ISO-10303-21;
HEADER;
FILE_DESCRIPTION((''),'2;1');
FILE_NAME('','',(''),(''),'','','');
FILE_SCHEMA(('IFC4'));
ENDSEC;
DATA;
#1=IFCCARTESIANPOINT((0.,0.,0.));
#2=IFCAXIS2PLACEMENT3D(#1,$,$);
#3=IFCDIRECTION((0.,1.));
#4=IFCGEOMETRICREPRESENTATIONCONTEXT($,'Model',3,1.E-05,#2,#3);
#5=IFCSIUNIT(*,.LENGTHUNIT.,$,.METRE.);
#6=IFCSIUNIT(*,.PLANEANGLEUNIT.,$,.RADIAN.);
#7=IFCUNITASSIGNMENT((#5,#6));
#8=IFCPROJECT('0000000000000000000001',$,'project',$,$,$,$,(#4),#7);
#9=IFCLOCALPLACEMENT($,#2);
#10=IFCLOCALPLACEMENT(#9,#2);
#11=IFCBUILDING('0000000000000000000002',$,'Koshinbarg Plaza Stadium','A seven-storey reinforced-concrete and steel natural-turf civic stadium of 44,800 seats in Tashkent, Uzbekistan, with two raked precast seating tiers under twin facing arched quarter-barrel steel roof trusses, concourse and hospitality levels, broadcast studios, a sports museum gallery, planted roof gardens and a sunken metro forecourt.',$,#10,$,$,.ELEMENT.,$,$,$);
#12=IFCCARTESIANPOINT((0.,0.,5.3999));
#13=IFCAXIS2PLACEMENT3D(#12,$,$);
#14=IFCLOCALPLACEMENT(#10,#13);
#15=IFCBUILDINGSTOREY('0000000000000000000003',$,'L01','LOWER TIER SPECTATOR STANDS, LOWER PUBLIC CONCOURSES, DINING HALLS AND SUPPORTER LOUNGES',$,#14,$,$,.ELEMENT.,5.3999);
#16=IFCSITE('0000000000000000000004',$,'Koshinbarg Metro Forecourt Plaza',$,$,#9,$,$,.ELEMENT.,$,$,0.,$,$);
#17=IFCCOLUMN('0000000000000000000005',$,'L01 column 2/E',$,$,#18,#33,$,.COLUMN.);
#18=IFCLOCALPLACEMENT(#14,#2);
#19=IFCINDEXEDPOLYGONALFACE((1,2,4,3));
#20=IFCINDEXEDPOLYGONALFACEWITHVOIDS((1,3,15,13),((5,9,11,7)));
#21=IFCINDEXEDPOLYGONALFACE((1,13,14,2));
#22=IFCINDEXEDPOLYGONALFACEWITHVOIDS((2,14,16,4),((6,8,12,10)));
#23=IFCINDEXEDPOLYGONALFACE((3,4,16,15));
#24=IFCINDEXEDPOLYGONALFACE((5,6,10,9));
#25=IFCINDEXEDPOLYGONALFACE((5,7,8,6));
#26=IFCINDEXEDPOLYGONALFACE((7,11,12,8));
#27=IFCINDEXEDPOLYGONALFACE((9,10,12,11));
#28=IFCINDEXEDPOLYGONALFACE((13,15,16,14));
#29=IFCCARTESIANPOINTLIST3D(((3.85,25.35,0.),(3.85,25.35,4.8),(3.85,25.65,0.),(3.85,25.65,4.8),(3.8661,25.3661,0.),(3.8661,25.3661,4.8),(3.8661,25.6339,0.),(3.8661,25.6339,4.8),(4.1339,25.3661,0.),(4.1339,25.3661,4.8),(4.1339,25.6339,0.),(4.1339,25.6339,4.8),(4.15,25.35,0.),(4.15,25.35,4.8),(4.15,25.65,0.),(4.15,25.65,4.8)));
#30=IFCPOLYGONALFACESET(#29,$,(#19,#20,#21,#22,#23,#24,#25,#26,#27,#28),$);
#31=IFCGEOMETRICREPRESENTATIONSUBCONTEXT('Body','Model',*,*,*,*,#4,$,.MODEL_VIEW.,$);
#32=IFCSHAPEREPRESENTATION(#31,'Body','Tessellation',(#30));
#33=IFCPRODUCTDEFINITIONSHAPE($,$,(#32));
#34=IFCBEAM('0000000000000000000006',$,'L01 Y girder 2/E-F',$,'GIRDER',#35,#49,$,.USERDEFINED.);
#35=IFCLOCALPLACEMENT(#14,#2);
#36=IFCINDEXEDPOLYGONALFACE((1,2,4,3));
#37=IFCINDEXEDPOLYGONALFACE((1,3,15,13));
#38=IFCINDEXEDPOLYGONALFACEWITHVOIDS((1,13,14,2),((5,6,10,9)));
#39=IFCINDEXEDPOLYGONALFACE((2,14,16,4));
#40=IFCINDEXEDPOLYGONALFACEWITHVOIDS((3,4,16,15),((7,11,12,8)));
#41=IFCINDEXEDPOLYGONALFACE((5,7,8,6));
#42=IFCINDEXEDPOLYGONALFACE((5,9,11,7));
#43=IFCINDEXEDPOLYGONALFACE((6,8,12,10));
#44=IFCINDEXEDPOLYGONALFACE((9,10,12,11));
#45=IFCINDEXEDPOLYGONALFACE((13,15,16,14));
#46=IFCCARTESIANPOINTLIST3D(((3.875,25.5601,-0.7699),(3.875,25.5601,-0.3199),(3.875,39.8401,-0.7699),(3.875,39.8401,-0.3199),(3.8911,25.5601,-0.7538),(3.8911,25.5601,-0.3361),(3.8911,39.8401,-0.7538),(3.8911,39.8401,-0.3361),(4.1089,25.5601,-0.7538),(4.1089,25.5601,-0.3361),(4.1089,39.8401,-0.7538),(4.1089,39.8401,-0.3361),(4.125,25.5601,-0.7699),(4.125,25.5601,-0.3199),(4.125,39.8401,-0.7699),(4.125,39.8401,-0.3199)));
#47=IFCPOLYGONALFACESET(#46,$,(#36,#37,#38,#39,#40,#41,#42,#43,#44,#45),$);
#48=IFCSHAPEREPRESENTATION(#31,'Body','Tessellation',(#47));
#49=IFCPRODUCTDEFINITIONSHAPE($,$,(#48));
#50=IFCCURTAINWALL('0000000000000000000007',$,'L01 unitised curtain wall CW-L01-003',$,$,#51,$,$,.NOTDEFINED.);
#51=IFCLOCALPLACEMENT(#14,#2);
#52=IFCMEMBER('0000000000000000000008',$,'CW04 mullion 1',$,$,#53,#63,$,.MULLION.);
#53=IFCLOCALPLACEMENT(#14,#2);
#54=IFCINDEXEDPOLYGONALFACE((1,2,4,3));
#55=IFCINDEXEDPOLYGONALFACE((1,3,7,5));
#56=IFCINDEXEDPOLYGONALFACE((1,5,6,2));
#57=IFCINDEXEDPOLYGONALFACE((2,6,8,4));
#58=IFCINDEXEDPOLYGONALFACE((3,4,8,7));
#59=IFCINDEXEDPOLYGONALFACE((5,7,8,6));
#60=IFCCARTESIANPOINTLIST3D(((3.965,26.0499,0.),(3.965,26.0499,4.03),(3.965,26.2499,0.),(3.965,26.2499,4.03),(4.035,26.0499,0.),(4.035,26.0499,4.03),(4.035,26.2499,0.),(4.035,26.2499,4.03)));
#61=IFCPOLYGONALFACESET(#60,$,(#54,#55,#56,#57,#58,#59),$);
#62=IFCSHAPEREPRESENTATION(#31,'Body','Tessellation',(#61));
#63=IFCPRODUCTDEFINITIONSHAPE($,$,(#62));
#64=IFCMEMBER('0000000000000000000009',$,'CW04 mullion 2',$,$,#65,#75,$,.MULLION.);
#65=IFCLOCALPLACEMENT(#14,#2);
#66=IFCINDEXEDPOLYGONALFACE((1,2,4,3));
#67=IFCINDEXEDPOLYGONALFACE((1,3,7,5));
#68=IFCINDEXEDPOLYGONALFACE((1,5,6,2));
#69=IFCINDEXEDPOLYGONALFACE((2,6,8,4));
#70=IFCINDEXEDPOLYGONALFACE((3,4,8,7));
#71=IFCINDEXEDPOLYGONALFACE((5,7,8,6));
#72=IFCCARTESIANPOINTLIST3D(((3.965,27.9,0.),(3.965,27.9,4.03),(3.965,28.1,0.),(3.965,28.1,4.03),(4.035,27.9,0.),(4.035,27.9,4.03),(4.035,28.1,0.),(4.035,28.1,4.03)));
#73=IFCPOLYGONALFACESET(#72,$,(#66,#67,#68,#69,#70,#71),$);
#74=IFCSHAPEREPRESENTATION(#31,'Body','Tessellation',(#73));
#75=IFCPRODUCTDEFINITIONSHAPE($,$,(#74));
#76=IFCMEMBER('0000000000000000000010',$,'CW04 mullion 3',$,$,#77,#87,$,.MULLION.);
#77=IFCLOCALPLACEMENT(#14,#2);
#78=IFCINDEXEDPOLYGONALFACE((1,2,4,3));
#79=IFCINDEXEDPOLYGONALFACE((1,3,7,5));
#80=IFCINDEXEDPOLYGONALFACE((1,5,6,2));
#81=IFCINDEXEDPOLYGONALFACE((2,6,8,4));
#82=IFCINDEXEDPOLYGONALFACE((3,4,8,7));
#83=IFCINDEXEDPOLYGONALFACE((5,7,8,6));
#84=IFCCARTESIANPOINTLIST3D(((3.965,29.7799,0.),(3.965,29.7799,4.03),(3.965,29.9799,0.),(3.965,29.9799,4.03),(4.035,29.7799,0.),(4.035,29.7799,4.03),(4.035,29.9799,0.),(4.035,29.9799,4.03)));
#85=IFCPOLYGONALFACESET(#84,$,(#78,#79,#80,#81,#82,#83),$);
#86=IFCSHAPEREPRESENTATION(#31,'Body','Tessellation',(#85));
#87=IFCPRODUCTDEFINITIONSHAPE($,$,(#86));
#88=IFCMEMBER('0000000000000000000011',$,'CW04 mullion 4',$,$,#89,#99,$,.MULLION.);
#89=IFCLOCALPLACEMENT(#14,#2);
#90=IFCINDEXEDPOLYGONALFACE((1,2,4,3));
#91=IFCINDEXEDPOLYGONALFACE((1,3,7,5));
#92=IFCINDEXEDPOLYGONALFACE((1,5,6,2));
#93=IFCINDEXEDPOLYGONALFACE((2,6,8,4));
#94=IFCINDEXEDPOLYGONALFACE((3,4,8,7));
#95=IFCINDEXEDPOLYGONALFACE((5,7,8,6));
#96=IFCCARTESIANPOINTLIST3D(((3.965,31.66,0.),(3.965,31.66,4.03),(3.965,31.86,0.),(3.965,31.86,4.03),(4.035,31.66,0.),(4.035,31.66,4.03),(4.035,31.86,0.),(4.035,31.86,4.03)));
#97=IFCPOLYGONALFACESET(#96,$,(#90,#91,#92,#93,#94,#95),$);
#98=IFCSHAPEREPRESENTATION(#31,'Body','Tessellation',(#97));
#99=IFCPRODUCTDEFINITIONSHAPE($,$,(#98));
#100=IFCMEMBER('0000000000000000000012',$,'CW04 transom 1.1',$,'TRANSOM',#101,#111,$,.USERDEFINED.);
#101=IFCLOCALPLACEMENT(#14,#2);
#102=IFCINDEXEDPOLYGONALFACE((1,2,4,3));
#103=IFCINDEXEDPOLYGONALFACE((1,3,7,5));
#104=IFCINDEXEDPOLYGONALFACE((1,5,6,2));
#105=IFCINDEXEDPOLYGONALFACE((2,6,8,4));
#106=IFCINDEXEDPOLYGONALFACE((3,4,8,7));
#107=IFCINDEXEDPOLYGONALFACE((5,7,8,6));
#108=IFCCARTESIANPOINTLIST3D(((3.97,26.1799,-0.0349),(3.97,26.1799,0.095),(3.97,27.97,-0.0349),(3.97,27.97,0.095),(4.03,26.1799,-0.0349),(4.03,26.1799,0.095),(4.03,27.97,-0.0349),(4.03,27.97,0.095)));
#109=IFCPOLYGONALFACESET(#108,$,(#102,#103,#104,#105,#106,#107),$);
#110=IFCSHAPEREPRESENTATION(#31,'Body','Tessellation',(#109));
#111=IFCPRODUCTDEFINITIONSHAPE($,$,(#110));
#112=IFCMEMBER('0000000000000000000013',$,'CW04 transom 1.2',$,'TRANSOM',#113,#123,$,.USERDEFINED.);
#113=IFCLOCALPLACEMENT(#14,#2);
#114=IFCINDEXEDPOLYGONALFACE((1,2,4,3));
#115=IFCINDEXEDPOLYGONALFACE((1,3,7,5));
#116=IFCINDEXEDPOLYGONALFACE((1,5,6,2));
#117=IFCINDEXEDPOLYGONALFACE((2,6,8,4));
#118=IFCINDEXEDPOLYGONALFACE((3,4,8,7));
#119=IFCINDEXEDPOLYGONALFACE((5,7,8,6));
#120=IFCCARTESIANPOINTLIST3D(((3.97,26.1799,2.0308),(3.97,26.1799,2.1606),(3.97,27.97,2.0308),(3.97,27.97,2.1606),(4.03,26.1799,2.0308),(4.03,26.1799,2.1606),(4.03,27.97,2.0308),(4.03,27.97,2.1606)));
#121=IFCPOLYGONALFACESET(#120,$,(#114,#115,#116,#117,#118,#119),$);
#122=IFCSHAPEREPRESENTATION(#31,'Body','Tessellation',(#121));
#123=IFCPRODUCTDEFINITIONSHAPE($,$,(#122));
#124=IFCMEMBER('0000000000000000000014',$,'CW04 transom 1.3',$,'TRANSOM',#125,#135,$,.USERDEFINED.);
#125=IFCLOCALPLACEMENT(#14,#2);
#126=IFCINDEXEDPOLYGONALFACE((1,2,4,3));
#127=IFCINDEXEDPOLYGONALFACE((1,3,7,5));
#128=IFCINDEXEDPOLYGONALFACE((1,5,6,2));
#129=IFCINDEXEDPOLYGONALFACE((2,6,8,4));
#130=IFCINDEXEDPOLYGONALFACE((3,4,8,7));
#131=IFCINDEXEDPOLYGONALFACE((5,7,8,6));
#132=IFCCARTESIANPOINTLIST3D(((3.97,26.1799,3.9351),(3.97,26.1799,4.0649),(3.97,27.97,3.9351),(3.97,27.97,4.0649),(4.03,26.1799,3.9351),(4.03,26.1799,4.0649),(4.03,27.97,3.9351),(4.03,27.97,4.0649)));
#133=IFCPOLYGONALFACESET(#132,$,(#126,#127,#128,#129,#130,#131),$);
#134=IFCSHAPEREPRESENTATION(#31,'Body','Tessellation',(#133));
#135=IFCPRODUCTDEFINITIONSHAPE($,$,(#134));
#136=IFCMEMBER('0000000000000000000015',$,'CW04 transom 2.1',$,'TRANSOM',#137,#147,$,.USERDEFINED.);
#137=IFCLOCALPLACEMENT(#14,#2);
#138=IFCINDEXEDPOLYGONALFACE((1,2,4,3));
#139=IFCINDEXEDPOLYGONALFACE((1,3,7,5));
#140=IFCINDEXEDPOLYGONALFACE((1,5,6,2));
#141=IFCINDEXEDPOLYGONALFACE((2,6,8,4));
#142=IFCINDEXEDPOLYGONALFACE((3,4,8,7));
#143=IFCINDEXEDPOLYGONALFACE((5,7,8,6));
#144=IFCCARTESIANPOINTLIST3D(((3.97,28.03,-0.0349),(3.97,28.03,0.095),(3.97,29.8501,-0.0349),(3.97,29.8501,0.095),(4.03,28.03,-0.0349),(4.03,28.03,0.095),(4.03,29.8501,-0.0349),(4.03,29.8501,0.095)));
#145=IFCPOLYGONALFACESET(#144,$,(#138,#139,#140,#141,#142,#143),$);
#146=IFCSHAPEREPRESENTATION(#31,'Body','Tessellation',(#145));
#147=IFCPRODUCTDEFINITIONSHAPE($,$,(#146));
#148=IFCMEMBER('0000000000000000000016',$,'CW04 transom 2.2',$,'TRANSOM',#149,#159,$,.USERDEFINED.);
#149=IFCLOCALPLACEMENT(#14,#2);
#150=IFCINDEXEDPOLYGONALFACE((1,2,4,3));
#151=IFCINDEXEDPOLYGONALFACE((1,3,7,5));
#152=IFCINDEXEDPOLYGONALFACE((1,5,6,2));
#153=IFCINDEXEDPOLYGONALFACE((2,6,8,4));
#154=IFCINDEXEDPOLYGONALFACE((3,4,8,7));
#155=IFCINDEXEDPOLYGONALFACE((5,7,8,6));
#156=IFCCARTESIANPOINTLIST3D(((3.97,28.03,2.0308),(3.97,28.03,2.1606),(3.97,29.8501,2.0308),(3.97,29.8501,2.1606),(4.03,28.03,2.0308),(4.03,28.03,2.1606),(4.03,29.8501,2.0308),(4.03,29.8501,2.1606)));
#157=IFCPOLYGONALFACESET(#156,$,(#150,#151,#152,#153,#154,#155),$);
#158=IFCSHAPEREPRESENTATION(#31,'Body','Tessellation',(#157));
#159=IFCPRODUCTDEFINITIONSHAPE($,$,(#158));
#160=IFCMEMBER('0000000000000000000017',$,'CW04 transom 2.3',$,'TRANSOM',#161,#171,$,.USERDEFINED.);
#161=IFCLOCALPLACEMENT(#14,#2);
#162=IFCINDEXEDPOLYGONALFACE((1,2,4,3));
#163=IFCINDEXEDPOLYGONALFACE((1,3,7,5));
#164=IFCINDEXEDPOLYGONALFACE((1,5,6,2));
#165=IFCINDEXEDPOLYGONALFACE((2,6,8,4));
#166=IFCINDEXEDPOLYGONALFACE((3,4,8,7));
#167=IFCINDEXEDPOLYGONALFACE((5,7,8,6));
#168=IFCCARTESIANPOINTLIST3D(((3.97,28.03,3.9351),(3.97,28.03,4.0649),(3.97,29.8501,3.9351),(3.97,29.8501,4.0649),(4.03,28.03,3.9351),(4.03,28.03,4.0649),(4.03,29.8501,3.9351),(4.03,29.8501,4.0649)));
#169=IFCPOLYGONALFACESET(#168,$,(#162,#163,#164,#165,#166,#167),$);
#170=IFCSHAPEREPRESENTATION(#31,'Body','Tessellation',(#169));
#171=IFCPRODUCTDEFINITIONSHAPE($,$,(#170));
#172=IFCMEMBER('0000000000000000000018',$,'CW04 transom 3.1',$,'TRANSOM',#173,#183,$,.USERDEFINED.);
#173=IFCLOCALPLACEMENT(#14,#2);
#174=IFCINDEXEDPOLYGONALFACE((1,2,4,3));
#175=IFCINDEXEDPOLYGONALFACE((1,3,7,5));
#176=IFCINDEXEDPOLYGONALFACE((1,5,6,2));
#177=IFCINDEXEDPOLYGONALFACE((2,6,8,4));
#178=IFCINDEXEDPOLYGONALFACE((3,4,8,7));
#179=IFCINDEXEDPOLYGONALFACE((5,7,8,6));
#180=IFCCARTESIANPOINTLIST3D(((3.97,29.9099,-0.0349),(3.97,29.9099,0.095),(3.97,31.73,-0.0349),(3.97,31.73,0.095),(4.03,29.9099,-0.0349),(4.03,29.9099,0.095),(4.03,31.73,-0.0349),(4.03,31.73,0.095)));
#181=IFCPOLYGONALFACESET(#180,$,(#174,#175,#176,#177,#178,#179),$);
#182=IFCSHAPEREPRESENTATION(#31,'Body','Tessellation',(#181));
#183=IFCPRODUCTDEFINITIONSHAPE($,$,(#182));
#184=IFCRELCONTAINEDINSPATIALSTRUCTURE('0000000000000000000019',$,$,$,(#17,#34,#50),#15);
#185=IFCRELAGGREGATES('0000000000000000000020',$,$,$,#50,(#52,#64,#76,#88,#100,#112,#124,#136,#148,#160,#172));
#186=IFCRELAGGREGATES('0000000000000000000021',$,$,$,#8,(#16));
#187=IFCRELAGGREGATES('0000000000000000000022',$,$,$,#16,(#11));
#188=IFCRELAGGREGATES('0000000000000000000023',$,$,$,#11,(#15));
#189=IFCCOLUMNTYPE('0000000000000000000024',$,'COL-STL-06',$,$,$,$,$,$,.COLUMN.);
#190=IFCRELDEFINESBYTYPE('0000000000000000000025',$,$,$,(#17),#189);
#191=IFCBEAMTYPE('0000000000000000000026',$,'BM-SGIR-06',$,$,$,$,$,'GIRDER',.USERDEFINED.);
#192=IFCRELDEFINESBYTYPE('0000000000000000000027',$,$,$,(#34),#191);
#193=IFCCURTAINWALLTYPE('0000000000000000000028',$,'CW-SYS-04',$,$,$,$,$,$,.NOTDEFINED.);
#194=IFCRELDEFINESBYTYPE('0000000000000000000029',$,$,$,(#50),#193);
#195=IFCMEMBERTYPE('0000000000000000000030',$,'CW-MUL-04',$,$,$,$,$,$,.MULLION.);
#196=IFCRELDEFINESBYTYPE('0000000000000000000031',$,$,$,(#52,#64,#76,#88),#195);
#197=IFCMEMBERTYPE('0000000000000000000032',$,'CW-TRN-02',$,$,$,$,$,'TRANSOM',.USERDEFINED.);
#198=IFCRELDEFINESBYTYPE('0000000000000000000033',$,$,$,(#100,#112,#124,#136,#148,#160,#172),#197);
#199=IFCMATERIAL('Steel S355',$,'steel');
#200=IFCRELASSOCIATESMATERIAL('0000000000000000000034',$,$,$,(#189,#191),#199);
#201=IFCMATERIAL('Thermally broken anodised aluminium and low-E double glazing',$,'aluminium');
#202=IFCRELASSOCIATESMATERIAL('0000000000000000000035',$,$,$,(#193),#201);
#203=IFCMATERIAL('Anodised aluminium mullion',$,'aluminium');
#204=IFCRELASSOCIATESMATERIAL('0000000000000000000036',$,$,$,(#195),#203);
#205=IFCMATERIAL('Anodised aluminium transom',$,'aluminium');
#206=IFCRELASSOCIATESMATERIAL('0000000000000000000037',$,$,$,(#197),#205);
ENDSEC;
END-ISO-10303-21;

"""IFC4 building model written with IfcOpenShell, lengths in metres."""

from ifc_helpers import new_model, si_unit, direction, frame, origin, origin_2d, place, context, subcontext, project, spatial, rectangle, hollow_rectangle, extrude, material, material_profile, profile_set, type_object, element, aggregate, save


model = new_model("IFC4")

# Units and contexts
model_context = context("Model", 3, precision=1e-05, world=origin(), true_north=direction((0.0, 1.0)))
body_context = subcontext(model_context, "Body", "Model", "MODEL_VIEW")
ifc_project = project(units=[si_unit("LENGTHUNIT", "METRE"), si_unit("PLANEANGLEUNIT", "RADIAN")], contexts=[model_context])

# Site, building, storey
site_placement = place(None, origin())
site = spatial("IfcSite", under=ifc_project, at=site_placement, Name="Koshinbarg Metro Forecourt Plaza", CompositionType="ELEMENT", RefElevation=0.0)
building_placement = place(site_placement, origin())
building = spatial("IfcBuilding", under=site, at=building_placement, Name="Koshinbarg Plaza Stadium", Description="A seven-storey reinforced-concrete and steel natural-turf civic stadium of 44,800 seats in Tashkent, Uzbekistan, with two raked precast seating tiers under twin facing arched quarter-barrel steel roof trusses, concourse and hospitality levels, broadcast studios, a sports museum gallery, planted roof gardens and a sunken metro forecourt.", CompositionType="ELEMENT")
storey_placement = place(building_placement, frame((0.0, 0.0, 5.3999)))
storey = spatial("IfcBuildingStorey", under=building, at=storey_placement, Name="L01", Description="LOWER TIER SPECTATOR STANDS, LOWER PUBLIC CONCOURSES, DINING HALLS AND SUPPORTER LOUNGES", CompositionType="ELEMENT", Elevation=5.3999)

# Column
ifc_material_1 = material(Name="Steel S355", Category="steel")
ifc_material_profile_1 = material_profile(ifc_material_1, hollow_rectangle(XDim=0.3, YDim=0.3, WallThickness=0.0161, at=origin_2d()), Name="SHS 300x300x16")
ifc_profile_set_1 = profile_set([ifc_material_profile_1], Name="Steel S355")
column_type = type_object("IfcColumnType", Name="COL-STL-06", PredefinedType="COLUMN", material=ifc_profile_set_1)
column_placement = place(storey_placement, frame((4.0, 25.5, 0.0), z_axis=(0.0, 0.0, 1.0), x_axis=(1.0, 0.0, 0.0)))
element("IfcColumn", 1, at=column_placement, inside=storey, type_object=column_type, Name="L01 column 2/E", PredefinedType="COLUMN", context=body_context, shape_type="SweptSolid", body=[
    extrude(hollow_rectangle(XDim=0.3, YDim=0.3, WallThickness=0.0161, at=origin_2d()), origin(), (0.0, 0.0, 1.0), 4.8),
])

# Beam
ifc_material_profile_2 = material_profile(ifc_material_1, hollow_rectangle(XDim=0.25, YDim=0.45, WallThickness=0.0161, at=origin_2d()), Name="RHS 450x250x16")
ifc_profile_set_2 = profile_set([ifc_material_profile_2], Name="Steel S355")
beam_type = type_object("IfcBeamType", Name="BM-SGIR-06", ElementType="GIRDER", PredefinedType="USERDEFINED", material=ifc_profile_set_2)
beam_placement = place(storey_placement, frame((4.0, 25.5601, -0.5449), z_axis=(0.0, 1.0, 0.0), x_axis=(-1.0, 0.0, 0.0)))
element("IfcBeam", 2, at=beam_placement, inside=storey, type_object=beam_type, Name="L01 Y girder 2/E-F", ObjectType="GIRDER", PredefinedType="USERDEFINED", context=body_context, shape_type="SweptSolid", body=[
    extrude(hollow_rectangle(XDim=0.25, YDim=0.45, WallThickness=0.0161, at=origin_2d()), origin(), (0.0, 0.0, 1.0), 14.28),
])

# Curtain wall, members
ifc_material_2 = material(Name="Thermally broken anodised aluminium and low-E double glazing", Category="aluminium")
curtain_wall_type = type_object("IfcCurtainWallType", Name="CW-SYS-04", PredefinedType="NOTDEFINED", material=ifc_material_2)
curtain_wall_placement = place(storey_placement, origin())
curtain_wall = element("IfcCurtainWall", 3, at=curtain_wall_placement, inside=storey, type_object=curtain_wall_type, Name="L01 unitised curtain wall CW-L01-003", PredefinedType="NOTDEFINED")
ifc_material_3 = material(Name="Anodised aluminium mullion", Category="aluminium")
ifc_material_profile_3 = material_profile(ifc_material_3, rectangle(XDim=0.0701, YDim=0.2, at=origin_2d()), Name="ALU 70x200")
ifc_profile_set_3 = profile_set([ifc_material_profile_3], Name="Anodised aluminium mullion")
member_type_1 = type_object("IfcMemberType", Name="CW-MUL-04", PredefinedType="MULLION", material=ifc_profile_set_3)
member_1_placement = place(storey_placement, frame((4.0, 26.1499, 0.0), z_axis=(0.0, 0.0, 1.0), x_axis=(-1.0, 0.0, 0.0)))
member_1 = element("IfcMember", 4, at=member_1_placement, type_object=member_type_1, Name="CW04 mullion 1", PredefinedType="MULLION", context=body_context, shape_type="SweptSolid", body=[
    extrude(rectangle(XDim=0.0701, YDim=0.2, at=origin_2d()), origin(), (0.0, 0.0, 1.0), 4.03),
])
member_2_placement = place(storey_placement, frame((4.0, 28.0, 0.0), z_axis=(0.0, 0.0, 1.0), x_axis=(-1.0, 0.0, 0.0)))
member_2 = element("IfcMember", 5, at=member_2_placement, type_object=member_type_1, Name="CW04 mullion 2", PredefinedType="MULLION", context=body_context, shape_type="SweptSolid", body=[
    extrude(rectangle(XDim=0.0701, YDim=0.2, at=origin_2d()), origin(), (0.0, 0.0, 1.0), 4.03),
])
member_3_placement = place(storey_placement, frame((4.0, 29.8799, 0.0), z_axis=(0.0, 0.0, 1.0), x_axis=(-1.0, 0.0, 0.0)))
member_3 = element("IfcMember", 6, at=member_3_placement, type_object=member_type_1, Name="CW04 mullion 3", PredefinedType="MULLION", context=body_context, shape_type="SweptSolid", body=[
    extrude(rectangle(XDim=0.0701, YDim=0.2, at=origin_2d()), origin(), (0.0, 0.0, 1.0), 4.03),
])
member_4_placement = place(storey_placement, frame((4.0, 31.76, 0.0), z_axis=(0.0, 0.0, 1.0), x_axis=(-1.0, 0.0, 0.0)))
member_4 = element("IfcMember", 7, at=member_4_placement, type_object=member_type_1, Name="CW04 mullion 4", PredefinedType="MULLION", context=body_context, shape_type="SweptSolid", body=[
    extrude(rectangle(XDim=0.0701, YDim=0.2, at=origin_2d()), origin(), (0.0, 0.0, 1.0), 4.03),
])
ifc_material_4 = material(Name="Anodised aluminium transom", Category="aluminium")
ifc_material_profile_4 = material_profile(ifc_material_4, rectangle(XDim=0.0601, YDim=0.1299, at=origin_2d()), Name="ALU 60x130")
ifc_profile_set_4 = profile_set([ifc_material_profile_4], Name="Anodised aluminium transom")
member_type_2 = type_object("IfcMemberType", Name="CW-TRN-02", ElementType="TRANSOM", PredefinedType="USERDEFINED", material=ifc_profile_set_4)
member_5_placement = place(storey_placement, frame((4.0, 26.1799, 0.03), z_axis=(0.0, 1.0, 0.0), x_axis=(-1.0, 0.0, 0.0)))
member_5 = element("IfcMember", 8, at=member_5_placement, type_object=member_type_2, Name="CW04 transom 1.1", ObjectType="TRANSOM", PredefinedType="USERDEFINED", context=body_context, shape_type="SweptSolid", body=[
    extrude(rectangle(XDim=0.0601, YDim=0.1299, at=origin_2d()), origin(), (0.0, 0.0, 1.0), 1.79),
])
member_6_placement = place(storey_placement, frame((4.0, 26.1799, 2.0957), z_axis=(0.0, 1.0, 0.0), x_axis=(-1.0, 0.0, 0.0)))
member_6 = element("IfcMember", 9, at=member_6_placement, type_object=member_type_2, Name="CW04 transom 1.2", ObjectType="TRANSOM", PredefinedType="USERDEFINED", context=body_context, shape_type="SweptSolid", body=[
    extrude(rectangle(XDim=0.0601, YDim=0.1299, at=origin_2d()), origin(), (0.0, 0.0, 1.0), 1.79),
])
member_7_placement = place(storey_placement, frame((4.0, 26.1799, 4.0), z_axis=(0.0, 1.0, 0.0), x_axis=(-1.0, 0.0, 0.0)))
member_7 = element("IfcMember", 10, at=member_7_placement, type_object=member_type_2, Name="CW04 transom 1.3", ObjectType="TRANSOM", PredefinedType="USERDEFINED", context=body_context, shape_type="SweptSolid", body=[
    extrude(rectangle(XDim=0.0601, YDim=0.1299, at=origin_2d()), origin(), (0.0, 0.0, 1.0), 1.79),
])
member_8_placement = place(storey_placement, frame((4.0, 28.03, 0.03), z_axis=(0.0, 1.0, 0.0), x_axis=(-1.0, 0.0, 0.0)))
member_8 = element("IfcMember", 11, at=member_8_placement, type_object=member_type_2, Name="CW04 transom 2.1", ObjectType="TRANSOM", PredefinedType="USERDEFINED", context=body_context, shape_type="SweptSolid", body=[
    extrude(rectangle(XDim=0.0601, YDim=0.1299, at=origin_2d()), origin(), (0.0, 0.0, 1.0), 1.8201),
])
member_9_placement = place(storey_placement, frame((4.0, 28.03, 2.0957), z_axis=(0.0, 1.0, 0.0), x_axis=(-1.0, 0.0, 0.0)))
member_9 = element("IfcMember", 12, at=member_9_placement, type_object=member_type_2, Name="CW04 transom 2.2", ObjectType="TRANSOM", PredefinedType="USERDEFINED", context=body_context, shape_type="SweptSolid", body=[
    extrude(rectangle(XDim=0.0601, YDim=0.1299, at=origin_2d()), origin(), (0.0, 0.0, 1.0), 1.8201),
])
member_10_placement = place(storey_placement, frame((4.0, 28.03, 4.0), z_axis=(0.0, 1.0, 0.0), x_axis=(-1.0, 0.0, 0.0)))
member_10 = element("IfcMember", 13, at=member_10_placement, type_object=member_type_2, Name="CW04 transom 2.3", ObjectType="TRANSOM", PredefinedType="USERDEFINED", context=body_context, shape_type="SweptSolid", body=[
    extrude(rectangle(XDim=0.0601, YDim=0.1299, at=origin_2d()), origin(), (0.0, 0.0, 1.0), 1.8201),
])
member_11_placement = place(storey_placement, frame((4.0, 29.9099, 0.03), z_axis=(0.0, 1.0, 0.0), x_axis=(-1.0, 0.0, 0.0)))
member_11 = element("IfcMember", 14, at=member_11_placement, type_object=member_type_2, Name="CW04 transom 3.1", ObjectType="TRANSOM", PredefinedType="USERDEFINED", context=body_context, shape_type="SweptSolid", body=[
    extrude(rectangle(XDim=0.0601, YDim=0.1299, at=origin_2d()), origin(), (0.0, 0.0, 1.0), 1.8201),
])
aggregate(curtain_wall, [member_1, member_2, member_3, member_4, member_5, member_6, member_7, member_8, member_9, member_10, member_11])

save(model, "model.ifc")
